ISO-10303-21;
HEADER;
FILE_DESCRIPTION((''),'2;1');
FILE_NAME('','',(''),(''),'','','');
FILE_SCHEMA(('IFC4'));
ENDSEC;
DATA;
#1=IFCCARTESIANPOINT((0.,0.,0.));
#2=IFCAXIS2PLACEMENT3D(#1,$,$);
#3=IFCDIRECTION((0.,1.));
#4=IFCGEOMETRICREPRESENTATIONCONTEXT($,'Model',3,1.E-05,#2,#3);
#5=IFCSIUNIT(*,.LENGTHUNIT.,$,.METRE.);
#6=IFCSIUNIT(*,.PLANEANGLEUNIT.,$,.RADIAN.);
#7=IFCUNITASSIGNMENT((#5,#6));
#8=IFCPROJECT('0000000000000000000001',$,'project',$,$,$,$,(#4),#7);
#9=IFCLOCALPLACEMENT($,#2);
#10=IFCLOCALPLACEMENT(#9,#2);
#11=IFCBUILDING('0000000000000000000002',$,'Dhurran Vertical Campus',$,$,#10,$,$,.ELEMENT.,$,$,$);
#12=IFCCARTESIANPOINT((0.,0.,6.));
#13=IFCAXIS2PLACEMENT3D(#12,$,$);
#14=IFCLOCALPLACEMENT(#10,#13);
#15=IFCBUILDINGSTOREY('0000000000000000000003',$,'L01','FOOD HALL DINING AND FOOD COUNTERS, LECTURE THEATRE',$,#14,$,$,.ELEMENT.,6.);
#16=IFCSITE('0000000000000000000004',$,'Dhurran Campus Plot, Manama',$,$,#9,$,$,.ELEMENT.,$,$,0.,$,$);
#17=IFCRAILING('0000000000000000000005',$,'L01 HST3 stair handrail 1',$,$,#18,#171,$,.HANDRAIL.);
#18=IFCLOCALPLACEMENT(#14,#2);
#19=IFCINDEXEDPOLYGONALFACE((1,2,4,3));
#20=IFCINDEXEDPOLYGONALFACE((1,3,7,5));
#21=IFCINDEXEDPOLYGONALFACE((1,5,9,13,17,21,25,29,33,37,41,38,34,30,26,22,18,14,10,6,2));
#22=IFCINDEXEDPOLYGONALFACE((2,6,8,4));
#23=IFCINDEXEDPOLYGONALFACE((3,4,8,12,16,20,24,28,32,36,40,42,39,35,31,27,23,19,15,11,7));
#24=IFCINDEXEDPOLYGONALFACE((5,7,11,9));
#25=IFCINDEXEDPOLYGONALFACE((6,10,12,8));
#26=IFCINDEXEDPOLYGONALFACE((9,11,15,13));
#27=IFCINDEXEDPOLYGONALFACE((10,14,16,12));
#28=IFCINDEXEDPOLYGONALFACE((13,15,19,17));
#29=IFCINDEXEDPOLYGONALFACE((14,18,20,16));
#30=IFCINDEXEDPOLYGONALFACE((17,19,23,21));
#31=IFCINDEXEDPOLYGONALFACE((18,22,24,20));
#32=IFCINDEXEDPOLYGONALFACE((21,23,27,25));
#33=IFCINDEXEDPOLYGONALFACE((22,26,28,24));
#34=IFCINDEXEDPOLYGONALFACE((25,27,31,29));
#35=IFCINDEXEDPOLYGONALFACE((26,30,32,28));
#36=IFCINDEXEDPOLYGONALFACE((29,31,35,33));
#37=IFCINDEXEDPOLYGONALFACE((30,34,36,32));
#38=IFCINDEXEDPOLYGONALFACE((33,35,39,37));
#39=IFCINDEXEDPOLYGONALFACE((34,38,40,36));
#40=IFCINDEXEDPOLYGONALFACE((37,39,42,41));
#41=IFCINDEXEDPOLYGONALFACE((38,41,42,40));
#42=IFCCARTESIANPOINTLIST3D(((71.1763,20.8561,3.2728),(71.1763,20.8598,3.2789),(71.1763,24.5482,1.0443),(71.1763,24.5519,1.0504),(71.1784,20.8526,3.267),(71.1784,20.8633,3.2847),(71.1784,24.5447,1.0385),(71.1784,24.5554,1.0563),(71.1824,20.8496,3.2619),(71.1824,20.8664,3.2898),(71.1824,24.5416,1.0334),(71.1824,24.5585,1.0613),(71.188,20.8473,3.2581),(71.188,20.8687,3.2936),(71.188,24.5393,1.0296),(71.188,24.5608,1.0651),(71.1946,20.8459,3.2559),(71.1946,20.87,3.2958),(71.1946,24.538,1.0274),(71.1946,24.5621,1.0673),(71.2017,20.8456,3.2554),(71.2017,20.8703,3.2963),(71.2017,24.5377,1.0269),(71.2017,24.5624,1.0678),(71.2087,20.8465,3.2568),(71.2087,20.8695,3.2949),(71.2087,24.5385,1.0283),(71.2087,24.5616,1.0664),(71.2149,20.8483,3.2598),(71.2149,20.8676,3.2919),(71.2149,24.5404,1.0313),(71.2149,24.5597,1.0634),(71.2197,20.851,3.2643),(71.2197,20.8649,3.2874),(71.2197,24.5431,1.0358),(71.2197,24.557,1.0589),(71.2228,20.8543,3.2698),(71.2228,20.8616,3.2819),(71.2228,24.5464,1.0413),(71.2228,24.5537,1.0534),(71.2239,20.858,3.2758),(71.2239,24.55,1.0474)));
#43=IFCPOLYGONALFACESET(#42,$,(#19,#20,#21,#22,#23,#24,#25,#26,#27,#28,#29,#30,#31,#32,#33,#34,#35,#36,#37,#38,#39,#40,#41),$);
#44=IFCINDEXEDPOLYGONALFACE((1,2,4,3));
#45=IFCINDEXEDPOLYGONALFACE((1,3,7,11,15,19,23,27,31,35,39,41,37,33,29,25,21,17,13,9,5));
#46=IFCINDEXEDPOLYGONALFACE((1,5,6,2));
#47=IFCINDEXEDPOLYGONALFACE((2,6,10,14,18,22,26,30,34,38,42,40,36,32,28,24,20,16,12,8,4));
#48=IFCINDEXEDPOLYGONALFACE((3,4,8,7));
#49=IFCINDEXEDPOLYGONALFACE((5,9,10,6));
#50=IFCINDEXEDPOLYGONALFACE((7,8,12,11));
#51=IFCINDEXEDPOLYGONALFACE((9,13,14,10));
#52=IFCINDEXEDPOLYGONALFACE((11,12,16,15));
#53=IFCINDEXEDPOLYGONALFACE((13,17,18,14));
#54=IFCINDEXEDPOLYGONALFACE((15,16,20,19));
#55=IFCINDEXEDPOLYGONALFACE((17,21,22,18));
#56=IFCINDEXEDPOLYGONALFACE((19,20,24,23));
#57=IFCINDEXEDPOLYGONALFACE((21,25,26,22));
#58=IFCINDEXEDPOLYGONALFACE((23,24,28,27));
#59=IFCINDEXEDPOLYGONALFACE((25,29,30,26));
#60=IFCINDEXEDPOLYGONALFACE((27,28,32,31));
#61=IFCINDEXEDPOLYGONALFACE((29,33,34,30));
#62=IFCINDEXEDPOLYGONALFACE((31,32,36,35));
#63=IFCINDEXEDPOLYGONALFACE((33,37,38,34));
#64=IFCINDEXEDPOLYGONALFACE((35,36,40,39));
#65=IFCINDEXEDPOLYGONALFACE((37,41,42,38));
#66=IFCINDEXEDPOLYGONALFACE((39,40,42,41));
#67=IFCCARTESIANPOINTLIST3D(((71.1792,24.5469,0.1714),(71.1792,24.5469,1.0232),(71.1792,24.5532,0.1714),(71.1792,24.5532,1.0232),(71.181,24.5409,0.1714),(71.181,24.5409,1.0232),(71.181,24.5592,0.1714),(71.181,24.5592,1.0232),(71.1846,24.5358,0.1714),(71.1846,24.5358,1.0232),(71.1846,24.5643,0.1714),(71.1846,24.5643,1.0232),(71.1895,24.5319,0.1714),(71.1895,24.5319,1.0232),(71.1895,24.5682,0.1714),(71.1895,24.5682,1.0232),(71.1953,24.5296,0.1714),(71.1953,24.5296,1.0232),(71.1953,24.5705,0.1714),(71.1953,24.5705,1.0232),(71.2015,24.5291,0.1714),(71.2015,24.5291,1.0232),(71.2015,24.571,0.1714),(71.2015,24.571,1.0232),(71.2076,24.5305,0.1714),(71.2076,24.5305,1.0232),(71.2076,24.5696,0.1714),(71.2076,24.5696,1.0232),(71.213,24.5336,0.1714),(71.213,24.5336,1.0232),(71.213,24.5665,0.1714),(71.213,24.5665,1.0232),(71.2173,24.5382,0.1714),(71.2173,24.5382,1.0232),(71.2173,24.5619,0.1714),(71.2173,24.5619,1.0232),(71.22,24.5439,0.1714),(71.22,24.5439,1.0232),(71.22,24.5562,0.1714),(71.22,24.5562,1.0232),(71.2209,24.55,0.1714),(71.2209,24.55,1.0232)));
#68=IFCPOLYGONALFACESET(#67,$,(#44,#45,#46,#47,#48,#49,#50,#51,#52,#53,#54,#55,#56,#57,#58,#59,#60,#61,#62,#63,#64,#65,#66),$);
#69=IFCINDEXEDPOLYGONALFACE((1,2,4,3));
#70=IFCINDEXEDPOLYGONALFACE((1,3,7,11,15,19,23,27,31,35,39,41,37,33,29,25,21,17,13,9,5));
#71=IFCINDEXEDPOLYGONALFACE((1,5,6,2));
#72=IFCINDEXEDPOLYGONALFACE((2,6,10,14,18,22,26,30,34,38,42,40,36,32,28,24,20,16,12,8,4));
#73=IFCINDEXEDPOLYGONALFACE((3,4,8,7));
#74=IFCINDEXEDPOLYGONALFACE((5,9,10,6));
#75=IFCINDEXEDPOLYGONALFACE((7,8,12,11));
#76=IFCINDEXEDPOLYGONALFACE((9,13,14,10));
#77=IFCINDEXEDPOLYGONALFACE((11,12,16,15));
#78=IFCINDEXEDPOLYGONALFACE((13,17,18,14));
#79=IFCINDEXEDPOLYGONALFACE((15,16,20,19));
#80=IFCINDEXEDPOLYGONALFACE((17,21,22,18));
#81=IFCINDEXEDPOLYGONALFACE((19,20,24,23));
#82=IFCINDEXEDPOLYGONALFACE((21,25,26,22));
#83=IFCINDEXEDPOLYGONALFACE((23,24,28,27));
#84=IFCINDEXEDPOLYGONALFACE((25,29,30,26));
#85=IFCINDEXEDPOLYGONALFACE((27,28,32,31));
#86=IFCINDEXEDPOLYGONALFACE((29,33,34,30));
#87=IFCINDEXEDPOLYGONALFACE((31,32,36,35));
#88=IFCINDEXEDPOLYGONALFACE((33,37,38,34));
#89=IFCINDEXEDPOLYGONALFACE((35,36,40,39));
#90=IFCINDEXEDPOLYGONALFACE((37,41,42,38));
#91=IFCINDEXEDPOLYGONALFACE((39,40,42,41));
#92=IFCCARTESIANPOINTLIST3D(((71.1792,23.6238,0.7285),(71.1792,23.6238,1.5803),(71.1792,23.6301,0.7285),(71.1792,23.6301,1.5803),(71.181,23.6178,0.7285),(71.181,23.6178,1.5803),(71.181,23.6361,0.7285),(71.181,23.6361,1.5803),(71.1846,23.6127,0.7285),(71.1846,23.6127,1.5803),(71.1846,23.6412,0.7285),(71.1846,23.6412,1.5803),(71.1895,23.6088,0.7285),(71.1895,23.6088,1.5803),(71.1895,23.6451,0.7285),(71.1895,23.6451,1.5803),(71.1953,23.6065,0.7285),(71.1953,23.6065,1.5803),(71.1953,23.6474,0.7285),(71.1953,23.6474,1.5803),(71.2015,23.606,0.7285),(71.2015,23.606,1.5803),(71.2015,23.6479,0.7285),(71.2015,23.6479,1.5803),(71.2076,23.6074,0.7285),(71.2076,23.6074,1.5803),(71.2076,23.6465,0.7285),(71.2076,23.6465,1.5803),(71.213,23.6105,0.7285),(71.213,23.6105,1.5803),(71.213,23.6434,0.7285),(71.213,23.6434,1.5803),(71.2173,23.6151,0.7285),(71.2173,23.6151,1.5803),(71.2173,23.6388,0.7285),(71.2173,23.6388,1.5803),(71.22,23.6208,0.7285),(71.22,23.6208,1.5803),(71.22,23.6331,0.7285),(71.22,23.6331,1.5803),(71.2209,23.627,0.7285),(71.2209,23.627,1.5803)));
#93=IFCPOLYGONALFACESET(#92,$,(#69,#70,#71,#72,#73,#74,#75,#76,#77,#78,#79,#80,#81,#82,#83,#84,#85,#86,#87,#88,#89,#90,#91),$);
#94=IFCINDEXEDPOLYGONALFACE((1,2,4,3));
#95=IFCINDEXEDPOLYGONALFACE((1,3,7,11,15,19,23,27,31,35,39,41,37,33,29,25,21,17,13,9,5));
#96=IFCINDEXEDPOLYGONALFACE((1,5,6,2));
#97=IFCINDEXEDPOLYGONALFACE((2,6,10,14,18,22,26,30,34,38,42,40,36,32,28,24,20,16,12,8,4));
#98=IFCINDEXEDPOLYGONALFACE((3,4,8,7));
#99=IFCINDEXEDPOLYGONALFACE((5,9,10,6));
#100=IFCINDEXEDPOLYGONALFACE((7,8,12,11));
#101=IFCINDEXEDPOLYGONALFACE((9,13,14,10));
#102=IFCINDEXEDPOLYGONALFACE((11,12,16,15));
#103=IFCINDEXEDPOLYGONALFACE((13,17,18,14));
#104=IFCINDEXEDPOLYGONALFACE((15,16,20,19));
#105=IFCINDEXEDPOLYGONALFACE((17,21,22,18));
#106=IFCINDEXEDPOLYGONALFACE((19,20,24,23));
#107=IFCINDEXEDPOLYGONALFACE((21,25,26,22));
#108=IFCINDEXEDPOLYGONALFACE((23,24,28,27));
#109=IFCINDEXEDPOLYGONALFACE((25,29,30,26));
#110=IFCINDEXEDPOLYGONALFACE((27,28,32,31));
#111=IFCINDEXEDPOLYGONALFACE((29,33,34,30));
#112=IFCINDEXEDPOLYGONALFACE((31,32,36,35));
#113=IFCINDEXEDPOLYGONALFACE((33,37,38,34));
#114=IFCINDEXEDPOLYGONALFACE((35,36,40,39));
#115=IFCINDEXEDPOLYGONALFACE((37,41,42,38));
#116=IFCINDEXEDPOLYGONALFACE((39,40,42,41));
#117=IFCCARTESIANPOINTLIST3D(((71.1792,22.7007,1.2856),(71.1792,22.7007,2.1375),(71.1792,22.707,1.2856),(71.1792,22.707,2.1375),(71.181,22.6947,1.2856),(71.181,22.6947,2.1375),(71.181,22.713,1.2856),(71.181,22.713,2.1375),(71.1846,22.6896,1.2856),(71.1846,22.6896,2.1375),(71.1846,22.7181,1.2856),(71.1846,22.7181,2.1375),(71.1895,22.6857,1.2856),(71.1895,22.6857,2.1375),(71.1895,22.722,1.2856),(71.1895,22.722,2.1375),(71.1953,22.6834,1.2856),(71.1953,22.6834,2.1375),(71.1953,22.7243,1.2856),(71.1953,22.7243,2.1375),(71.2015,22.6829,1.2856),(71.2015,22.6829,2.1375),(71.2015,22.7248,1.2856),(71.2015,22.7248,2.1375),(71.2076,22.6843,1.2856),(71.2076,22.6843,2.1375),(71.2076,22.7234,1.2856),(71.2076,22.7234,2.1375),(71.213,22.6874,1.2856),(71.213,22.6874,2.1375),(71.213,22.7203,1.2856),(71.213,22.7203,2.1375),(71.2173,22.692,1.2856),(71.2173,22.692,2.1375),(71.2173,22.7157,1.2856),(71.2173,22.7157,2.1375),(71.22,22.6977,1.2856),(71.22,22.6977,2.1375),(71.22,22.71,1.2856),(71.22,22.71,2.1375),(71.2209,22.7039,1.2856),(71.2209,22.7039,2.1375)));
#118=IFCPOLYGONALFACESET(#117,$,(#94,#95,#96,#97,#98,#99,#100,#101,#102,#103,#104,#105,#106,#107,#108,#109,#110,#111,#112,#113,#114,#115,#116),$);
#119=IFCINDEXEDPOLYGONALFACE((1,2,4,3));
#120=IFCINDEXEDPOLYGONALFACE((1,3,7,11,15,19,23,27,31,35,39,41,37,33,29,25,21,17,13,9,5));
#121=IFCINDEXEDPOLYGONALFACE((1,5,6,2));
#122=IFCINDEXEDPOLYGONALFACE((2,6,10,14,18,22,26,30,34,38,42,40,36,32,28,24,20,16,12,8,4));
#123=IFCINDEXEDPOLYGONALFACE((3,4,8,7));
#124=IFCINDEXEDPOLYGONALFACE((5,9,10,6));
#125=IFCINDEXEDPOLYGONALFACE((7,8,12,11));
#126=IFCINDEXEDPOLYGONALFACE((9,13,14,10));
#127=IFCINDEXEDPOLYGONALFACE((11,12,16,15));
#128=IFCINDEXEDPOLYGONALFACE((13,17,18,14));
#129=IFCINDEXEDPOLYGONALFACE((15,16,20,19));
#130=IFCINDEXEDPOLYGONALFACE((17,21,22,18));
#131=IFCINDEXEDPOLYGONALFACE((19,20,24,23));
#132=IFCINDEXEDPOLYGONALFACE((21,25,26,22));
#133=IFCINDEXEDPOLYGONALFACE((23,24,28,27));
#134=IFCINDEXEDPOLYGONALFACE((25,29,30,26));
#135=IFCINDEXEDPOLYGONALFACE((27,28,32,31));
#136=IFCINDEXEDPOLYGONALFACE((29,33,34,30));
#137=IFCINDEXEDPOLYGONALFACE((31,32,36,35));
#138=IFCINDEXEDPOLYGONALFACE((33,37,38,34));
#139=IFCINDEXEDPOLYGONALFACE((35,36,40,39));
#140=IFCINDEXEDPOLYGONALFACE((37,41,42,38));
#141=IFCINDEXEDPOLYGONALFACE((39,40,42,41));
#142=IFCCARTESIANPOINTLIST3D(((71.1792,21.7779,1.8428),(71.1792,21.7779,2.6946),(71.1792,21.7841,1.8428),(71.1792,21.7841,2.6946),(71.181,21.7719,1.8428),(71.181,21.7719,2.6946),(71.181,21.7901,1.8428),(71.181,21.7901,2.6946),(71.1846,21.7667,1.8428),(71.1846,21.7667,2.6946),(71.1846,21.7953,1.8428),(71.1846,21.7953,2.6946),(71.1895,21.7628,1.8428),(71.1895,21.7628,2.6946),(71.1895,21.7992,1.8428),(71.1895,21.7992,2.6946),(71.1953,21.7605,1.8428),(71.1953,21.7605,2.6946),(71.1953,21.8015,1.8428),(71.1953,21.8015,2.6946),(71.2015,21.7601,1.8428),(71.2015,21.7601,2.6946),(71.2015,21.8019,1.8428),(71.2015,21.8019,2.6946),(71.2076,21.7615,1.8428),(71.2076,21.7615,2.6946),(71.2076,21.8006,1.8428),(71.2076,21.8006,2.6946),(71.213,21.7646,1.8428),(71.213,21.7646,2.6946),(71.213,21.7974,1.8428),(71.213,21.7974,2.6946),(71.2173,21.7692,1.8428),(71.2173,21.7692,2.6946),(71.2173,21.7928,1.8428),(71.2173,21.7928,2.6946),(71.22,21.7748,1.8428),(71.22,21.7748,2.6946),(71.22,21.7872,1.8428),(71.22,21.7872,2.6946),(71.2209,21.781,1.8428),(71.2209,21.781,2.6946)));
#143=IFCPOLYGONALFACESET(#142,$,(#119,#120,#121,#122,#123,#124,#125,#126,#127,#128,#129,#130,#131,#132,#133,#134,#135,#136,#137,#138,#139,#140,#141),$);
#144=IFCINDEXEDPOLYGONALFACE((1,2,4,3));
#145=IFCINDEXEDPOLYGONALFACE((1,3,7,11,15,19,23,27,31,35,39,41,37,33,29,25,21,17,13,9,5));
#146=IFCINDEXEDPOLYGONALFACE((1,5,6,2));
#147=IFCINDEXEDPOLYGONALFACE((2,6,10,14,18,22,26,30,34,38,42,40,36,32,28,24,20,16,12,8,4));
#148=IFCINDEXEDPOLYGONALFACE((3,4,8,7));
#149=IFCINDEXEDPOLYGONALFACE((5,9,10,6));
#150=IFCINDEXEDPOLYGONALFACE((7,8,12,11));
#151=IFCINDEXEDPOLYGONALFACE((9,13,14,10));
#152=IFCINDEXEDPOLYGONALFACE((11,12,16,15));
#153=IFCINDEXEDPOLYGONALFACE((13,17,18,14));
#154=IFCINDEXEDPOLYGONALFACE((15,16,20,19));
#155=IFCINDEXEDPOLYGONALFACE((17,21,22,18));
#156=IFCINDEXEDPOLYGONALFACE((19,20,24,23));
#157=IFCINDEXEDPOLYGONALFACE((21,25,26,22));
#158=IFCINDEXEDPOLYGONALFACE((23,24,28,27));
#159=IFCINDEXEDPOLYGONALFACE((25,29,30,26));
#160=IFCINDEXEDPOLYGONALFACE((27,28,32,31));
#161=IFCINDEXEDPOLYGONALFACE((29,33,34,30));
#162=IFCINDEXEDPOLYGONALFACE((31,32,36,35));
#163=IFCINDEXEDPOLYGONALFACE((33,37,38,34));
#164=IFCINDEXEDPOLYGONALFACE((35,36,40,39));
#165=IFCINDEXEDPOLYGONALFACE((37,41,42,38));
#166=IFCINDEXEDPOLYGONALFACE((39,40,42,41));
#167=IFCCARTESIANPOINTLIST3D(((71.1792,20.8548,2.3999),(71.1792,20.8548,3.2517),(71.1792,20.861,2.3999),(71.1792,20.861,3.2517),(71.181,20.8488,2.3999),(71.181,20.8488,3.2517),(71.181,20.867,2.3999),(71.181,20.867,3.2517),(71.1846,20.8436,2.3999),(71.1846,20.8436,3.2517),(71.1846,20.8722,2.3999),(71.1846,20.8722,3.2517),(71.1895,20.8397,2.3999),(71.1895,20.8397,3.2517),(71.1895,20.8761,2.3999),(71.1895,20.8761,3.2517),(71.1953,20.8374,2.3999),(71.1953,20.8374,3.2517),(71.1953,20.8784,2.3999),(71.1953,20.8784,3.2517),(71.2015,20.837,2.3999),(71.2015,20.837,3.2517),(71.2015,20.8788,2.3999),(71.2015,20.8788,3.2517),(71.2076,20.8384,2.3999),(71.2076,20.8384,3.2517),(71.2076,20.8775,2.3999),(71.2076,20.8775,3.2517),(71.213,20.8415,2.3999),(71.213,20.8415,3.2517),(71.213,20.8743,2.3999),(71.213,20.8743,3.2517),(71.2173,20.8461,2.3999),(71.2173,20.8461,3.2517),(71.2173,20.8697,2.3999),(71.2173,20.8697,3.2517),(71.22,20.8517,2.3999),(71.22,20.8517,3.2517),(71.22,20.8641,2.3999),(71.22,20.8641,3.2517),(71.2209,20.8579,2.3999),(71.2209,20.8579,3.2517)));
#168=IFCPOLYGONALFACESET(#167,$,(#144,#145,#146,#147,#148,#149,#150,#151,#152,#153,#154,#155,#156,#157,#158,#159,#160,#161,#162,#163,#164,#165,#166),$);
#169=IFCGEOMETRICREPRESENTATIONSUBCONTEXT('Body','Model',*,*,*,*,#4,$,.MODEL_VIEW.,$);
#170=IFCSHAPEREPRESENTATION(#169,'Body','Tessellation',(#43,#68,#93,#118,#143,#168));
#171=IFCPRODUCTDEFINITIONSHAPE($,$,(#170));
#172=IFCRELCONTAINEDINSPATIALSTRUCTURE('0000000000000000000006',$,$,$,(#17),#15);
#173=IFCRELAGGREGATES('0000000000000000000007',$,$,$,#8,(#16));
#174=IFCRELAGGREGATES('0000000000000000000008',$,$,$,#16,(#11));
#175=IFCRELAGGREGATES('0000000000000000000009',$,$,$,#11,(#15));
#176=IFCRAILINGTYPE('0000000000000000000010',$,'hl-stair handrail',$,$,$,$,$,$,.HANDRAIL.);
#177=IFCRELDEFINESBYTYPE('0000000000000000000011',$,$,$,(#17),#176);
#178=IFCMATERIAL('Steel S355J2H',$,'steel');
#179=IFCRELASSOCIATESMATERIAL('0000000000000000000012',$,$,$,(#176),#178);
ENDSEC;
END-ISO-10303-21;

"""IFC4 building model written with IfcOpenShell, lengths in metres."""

from ifc_helpers import new_model, si_unit, direction, frame, origin, origin_2d, place, context, subcontext, project, spatial, circle, extrude, material, type_object, element, save


model = new_model("IFC4")

# Units and contexts
model_context = context("Model", 3, precision=1e-05, world=origin(), true_north=direction((0.0, 1.0)))
body_context = subcontext(model_context, "Body", "Model", "MODEL_VIEW")
ifc_project = project(units=[si_unit("LENGTHUNIT", "METRE"), si_unit("PLANEANGLEUNIT", "RADIAN")], contexts=[model_context])

# Site, building, storey
site_placement = place(None, origin())
site = spatial("IfcSite", under=ifc_project, at=site_placement, Name="Dhurran Campus Plot, Manama", CompositionType="ELEMENT", RefElevation=0.0)
building_placement = place(site_placement, origin())
building = spatial("IfcBuilding", under=site, at=building_placement, Name="Dhurran Vertical Campus", CompositionType="ELEMENT")
storey_placement = place(building_placement, frame((0.0, 0.0, 6.0)))
storey = spatial("IfcBuildingStorey", under=building, at=storey_placement, Name="L01", Description="FOOD HALL DINING AND FOOD COUNTERS, LECTURE THEATRE", CompositionType="ELEMENT", Elevation=6.0)

# Railing
ifc_material_1 = material(Name="Steel S355J2H", Category="steel")
railing_type_1 = type_object("IfcRailingType", Name="hl-stair handrail", PredefinedType="HANDRAIL", material=ifc_material_1)
railing_1_placement = place(storey_placement, frame((71.2, 24.55, 0.1714)))
element("IfcRailing", 1, at=railing_1_placement, inside=storey, type_object=railing_type_1, Name="L01 HST3 stair handrail 1", PredefinedType="HANDRAIL", context=body_context, shape_type="SweptSolid", body=[
    extrude(circle(Radius=0.0239, at=origin_2d()), frame((0.0, 0.0, 0.876), z_axis=(0.0, -0.856136, 0.51675), x_axis=(1.0, 0.0, 0.0)), (0.0, 0.0, 1.0), 4.3125),
    extrude(circle(Radius=0.021, at=origin_2d()), origin(), (0.0, 0.0, 1.0), 0.8518),
    extrude(circle(Radius=0.021, at=origin_2d()), frame((0.0, -0.9231, 0.5571)), (0.0, 0.0, 1.0), 0.8518),
    extrude(circle(Radius=0.021, at=origin_2d()), frame((0.0, -1.8462, 1.1143)), (0.0, 0.0, 1.0), 0.8518),
    extrude(circle(Radius=0.021, at=origin_2d()), frame((0.0, -2.769, 1.6714)), (0.0, 0.0, 1.0), 0.8518),
    extrude(circle(Radius=0.021, at=origin_2d()), frame((0.0, -3.6921, 2.2285)), (0.0, 0.0, 1.0), 0.8518),
])

save(model, "model.ifc")
